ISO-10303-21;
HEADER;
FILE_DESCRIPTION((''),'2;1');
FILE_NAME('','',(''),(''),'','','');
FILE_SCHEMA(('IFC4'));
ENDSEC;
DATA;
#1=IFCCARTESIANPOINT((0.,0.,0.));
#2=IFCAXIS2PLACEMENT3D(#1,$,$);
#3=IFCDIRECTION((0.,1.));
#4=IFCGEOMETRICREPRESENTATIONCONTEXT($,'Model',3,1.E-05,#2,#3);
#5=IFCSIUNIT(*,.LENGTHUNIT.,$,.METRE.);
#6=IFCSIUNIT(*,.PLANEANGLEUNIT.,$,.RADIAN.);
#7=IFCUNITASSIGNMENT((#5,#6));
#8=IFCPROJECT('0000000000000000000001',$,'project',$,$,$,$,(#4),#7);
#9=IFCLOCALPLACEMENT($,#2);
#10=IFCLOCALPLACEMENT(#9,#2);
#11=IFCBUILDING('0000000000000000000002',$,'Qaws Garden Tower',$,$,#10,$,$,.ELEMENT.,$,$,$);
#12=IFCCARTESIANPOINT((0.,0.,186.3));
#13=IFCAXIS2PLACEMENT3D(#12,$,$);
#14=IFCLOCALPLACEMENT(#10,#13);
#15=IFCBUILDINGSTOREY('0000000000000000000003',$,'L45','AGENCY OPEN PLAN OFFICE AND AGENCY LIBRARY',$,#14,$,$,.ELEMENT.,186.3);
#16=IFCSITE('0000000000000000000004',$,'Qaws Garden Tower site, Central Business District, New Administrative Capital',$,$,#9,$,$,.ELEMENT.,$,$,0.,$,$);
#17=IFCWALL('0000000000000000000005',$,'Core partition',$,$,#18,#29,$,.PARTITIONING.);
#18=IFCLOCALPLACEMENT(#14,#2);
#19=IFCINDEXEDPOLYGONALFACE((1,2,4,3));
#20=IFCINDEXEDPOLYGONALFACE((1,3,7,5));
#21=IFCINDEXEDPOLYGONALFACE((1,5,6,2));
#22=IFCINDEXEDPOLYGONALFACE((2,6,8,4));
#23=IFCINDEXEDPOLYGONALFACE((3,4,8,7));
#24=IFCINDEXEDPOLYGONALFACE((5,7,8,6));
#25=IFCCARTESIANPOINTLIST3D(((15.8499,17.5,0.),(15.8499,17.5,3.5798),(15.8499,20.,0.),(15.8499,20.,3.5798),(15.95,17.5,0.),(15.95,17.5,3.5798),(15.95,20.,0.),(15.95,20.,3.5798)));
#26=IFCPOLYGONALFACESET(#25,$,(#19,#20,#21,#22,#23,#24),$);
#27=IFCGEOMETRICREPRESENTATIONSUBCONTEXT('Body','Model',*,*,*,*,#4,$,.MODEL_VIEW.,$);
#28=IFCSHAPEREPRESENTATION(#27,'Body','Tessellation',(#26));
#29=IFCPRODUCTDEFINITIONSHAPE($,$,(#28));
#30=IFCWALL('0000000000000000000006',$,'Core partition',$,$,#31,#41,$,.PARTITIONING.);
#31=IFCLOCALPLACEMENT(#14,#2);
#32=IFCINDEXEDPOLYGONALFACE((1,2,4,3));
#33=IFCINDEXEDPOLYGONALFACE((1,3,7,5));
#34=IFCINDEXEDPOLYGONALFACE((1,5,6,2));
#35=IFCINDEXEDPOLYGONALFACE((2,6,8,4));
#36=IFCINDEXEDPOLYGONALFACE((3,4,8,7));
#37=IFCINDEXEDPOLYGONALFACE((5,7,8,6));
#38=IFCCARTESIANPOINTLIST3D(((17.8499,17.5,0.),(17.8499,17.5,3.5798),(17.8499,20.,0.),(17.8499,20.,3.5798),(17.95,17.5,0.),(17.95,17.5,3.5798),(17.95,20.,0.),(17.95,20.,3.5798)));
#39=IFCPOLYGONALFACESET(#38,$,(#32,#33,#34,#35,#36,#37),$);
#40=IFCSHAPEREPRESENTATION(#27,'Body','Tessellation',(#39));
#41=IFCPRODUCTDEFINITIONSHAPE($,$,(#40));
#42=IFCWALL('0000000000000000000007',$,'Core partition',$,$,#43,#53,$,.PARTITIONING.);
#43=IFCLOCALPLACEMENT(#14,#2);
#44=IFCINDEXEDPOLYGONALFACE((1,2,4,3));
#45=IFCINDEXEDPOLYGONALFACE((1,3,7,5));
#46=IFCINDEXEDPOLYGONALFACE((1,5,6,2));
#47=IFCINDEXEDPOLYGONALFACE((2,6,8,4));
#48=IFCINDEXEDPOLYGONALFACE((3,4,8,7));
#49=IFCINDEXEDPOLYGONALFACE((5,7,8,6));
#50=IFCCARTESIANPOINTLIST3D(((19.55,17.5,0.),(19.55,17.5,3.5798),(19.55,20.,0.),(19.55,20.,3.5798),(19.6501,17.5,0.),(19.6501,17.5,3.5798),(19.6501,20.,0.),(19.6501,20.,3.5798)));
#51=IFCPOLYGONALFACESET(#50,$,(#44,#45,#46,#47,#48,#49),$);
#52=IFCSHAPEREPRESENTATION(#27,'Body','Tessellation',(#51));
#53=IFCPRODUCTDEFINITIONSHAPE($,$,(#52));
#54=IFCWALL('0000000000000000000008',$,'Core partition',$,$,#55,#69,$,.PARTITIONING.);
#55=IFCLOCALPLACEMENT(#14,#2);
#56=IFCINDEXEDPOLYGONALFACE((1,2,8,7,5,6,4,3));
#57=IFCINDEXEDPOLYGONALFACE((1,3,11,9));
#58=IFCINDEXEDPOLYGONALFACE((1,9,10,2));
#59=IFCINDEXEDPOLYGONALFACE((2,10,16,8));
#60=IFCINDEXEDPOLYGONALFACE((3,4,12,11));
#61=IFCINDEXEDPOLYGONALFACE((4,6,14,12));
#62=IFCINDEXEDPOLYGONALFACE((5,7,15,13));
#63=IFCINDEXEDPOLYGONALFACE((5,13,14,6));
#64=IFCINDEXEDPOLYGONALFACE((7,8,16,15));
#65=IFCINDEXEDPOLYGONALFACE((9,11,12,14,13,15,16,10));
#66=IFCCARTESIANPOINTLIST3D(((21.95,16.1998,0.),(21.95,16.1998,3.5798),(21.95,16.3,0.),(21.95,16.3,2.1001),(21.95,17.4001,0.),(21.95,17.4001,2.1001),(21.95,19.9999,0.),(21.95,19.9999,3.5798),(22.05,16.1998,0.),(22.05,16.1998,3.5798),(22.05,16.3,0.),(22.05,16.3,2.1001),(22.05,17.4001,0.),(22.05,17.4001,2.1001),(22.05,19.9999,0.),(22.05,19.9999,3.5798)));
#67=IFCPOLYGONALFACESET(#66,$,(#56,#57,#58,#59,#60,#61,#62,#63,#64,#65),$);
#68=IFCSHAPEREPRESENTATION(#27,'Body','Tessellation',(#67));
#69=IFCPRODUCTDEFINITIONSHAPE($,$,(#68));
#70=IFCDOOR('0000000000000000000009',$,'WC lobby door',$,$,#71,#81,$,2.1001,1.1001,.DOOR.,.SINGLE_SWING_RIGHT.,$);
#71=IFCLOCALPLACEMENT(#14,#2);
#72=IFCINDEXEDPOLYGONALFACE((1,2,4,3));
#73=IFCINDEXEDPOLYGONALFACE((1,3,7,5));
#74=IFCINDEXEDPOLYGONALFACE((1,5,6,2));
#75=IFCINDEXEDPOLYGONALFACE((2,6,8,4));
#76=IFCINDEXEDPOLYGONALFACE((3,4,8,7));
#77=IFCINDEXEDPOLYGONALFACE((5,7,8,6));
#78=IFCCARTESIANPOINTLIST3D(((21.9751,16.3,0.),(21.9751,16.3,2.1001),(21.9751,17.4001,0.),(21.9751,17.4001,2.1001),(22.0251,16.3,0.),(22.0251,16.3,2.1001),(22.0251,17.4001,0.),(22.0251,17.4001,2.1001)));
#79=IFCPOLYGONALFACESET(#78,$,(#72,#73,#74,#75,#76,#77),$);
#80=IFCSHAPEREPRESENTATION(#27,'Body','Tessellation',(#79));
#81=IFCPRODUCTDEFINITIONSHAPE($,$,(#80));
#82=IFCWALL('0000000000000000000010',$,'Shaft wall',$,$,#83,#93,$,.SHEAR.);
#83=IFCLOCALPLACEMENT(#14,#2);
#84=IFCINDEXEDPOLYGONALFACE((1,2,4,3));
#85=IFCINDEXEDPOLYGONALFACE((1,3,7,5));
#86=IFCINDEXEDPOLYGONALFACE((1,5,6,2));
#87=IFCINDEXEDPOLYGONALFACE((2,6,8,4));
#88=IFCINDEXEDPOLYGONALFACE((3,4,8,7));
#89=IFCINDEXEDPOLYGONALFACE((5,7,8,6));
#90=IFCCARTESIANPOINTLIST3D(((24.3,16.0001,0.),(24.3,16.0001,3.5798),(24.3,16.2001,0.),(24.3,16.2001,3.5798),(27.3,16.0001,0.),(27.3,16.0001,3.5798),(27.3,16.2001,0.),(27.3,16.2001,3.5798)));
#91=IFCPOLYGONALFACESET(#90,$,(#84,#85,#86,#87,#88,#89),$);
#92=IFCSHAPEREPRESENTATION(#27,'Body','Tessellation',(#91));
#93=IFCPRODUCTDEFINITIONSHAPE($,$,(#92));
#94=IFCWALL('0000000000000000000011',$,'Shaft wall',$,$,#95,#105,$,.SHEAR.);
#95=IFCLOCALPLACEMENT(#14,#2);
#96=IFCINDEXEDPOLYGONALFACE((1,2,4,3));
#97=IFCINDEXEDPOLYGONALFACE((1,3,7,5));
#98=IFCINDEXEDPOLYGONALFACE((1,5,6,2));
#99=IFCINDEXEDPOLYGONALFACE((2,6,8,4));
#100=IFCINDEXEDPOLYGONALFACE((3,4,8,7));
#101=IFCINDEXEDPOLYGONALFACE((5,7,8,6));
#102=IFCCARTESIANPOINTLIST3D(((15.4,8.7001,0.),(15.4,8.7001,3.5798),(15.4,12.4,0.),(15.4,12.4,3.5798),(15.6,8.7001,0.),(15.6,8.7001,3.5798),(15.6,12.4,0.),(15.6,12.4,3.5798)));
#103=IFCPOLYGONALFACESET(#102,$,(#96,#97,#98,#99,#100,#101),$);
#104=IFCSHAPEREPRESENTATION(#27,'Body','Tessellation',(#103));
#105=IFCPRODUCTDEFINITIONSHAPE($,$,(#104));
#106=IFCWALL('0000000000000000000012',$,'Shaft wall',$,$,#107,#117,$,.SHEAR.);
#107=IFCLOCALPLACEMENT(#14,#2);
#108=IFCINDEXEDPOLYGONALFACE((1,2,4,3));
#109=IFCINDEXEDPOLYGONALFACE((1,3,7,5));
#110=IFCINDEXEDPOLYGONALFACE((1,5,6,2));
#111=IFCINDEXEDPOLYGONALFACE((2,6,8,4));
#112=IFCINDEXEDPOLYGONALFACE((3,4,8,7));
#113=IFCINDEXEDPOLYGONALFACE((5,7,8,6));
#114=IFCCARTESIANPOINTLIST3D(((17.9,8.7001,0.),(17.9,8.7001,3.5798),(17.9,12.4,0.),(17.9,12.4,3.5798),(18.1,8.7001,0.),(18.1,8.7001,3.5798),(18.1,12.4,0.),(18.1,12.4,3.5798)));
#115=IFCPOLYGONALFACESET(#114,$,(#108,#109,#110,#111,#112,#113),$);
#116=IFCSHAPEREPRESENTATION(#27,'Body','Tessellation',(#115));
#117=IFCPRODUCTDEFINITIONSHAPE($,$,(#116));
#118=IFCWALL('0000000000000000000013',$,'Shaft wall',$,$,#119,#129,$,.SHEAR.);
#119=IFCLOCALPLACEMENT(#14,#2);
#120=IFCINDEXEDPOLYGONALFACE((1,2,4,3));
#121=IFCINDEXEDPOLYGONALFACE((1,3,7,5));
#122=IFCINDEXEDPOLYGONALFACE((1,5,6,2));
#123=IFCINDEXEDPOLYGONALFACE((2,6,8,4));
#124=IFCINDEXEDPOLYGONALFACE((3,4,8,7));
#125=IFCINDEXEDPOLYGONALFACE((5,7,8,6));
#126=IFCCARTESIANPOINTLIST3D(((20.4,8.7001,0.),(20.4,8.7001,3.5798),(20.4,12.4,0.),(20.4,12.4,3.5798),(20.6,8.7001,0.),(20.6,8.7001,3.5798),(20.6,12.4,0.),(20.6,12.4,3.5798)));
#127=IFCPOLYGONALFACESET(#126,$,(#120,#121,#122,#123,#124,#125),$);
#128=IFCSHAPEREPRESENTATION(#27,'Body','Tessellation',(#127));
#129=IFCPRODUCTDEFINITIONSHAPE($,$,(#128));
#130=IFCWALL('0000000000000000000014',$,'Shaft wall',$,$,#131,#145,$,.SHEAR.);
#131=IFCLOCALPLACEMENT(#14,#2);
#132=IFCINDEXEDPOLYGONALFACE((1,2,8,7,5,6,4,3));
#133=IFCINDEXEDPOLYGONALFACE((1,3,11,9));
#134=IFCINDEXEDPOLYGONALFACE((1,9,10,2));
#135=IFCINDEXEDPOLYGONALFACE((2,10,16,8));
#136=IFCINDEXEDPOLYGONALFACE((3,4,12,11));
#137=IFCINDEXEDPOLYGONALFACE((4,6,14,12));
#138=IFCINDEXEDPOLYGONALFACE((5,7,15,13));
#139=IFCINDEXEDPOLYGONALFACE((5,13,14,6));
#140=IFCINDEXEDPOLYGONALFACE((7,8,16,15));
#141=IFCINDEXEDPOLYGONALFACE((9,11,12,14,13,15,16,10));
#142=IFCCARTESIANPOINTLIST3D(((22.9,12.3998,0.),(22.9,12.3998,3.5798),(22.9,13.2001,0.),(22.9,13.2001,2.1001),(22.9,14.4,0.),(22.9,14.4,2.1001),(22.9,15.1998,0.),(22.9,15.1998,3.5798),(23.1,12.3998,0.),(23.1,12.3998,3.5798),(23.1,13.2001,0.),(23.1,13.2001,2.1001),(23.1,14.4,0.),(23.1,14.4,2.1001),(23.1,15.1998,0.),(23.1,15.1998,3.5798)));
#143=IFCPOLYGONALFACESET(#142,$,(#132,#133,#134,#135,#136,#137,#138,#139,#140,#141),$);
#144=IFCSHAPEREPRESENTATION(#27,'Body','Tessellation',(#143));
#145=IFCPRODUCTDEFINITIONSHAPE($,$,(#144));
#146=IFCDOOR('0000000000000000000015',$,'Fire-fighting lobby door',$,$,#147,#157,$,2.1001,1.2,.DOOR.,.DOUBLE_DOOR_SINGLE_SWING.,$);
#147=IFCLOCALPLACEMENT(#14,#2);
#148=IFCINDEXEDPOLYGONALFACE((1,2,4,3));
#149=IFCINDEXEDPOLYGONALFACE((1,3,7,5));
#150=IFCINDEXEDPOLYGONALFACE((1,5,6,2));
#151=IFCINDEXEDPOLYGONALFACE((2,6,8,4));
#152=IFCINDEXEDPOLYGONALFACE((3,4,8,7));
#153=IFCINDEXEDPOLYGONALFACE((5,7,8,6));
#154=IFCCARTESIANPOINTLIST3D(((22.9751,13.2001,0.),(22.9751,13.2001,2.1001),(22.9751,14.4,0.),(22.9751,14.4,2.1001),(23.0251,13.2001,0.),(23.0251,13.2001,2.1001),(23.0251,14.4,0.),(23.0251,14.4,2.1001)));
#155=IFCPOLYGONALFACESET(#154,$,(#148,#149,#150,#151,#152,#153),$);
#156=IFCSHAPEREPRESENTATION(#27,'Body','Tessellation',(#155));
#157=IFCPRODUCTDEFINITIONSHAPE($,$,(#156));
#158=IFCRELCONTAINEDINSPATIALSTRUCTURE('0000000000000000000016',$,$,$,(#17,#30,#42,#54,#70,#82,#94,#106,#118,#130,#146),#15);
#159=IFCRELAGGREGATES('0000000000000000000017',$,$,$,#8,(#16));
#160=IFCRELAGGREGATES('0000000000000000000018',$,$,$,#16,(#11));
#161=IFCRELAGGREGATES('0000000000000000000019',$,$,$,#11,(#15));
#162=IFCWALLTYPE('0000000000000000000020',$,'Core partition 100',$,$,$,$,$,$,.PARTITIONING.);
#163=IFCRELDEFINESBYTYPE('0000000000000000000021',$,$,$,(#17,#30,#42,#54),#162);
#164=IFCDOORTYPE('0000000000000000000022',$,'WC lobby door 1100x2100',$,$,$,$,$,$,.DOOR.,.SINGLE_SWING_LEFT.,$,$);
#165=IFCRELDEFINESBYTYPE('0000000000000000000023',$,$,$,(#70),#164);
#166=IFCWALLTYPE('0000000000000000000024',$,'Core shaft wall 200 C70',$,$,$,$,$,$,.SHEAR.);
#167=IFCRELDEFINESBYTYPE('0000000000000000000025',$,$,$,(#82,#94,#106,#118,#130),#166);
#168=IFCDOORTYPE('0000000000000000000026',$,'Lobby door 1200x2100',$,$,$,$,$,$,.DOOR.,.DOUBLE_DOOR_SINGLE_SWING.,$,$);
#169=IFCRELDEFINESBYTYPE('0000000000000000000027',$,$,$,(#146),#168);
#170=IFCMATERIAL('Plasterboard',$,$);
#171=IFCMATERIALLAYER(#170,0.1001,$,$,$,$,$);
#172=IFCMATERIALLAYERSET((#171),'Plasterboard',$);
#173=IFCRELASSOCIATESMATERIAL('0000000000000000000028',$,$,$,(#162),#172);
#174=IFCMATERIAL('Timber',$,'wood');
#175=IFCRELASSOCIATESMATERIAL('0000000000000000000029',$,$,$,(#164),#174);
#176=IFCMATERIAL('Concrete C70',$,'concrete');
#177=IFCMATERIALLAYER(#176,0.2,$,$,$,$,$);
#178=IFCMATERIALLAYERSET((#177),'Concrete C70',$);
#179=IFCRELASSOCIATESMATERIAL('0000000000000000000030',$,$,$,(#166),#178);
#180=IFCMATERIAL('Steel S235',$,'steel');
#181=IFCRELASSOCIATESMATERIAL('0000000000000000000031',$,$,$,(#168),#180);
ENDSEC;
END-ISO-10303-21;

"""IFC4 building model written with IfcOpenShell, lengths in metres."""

from ifc_helpers import new_model, si_unit, direction, frame, frame_2d, origin, place, context, subcontext, project, spatial, rectangle, extrude, material, layer, layer_set, type_object, element, fill, save


model = new_model("IFC4")

# Units and contexts
model_context = context("Model", 3, precision=1e-05, world=origin(), true_north=direction((0.0, 1.0)))
body_context = subcontext(model_context, "Body", "Model", "MODEL_VIEW")
ifc_project = project(units=[si_unit("LENGTHUNIT", "METRE"), si_unit("PLANEANGLEUNIT", "RADIAN")], contexts=[model_context])

# Site, building, storey
site_placement = place(None, origin())
site = spatial("IfcSite", under=ifc_project, at=site_placement, Name="Qaws Garden Tower site, Central Business District, New Administrative Capital", CompositionType="ELEMENT", RefElevation=0.0)
building_placement = place(site_placement, origin())
building = spatial("IfcBuilding", under=site, at=building_placement, Name="Qaws Garden Tower", CompositionType="ELEMENT")
storey_placement = place(building_placement, frame((0.0, 0.0, 186.3)))
storey = spatial("IfcBuildingStorey", under=building, at=storey_placement, Name="L45", Description="AGENCY OPEN PLAN OFFICE AND AGENCY LIBRARY", CompositionType="ELEMENT", Elevation=186.3)

# Shared definitions
ifc_material_1 = material(Name="Plasterboard")
ifc_layer_1 = layer(ifc_material_1, 0.1001)
ifc_layer_set_1 = layer_set([ifc_layer_1], Name="Plasterboard")
wall_type_1 = type_object("IfcWallType", Name="Core partition 100", PredefinedType="PARTITIONING", material=ifc_layer_set_1)

# Walls
for number, where, z_axis, x_axis, name in (
    (1, (15.8999, 17.5, 0.0), (0.0, 0.0, 1.0), (0.0, 1.0, 0.0), "Core partition"),
    (2, (17.8999, 17.5, 0.0), (0.0, 0.0, 1.0), (0.0, 1.0, 0.0), "Core partition"),
    (3, (19.6001, 17.5, 0.0), (0.0, 0.0, 1.0), (0.0, 1.0, 0.0), "Core partition"),
):
    element("IfcWall", number, at=place(storey_placement, frame(where, z_axis=z_axis, x_axis=x_axis)), inside=storey, type_object=wall_type_1, Name=name, PredefinedType="PARTITIONING", context=body_context, shape_type="SweptSolid", body=[
        extrude(rectangle(XDim=2.5, YDim=0.1001, at=frame_2d((1.25, 0.0))), origin(), (0.0, 0.0, 1.0), 3.5798),
    ])

# Wall, opening, door
wall_1_placement = place(storey_placement, frame((22.0, 16.2, 0.0), z_axis=(0.0, 0.0, 1.0), x_axis=(0.0, 1.0, 0.0)))
wall_1 = element("IfcWall", 4, at=wall_1_placement, inside=storey, type_object=wall_type_1, Name="Core partition", PredefinedType="PARTITIONING", context=body_context, shape_type="SweptSolid", body=[
    extrude(rectangle(XDim=3.8, YDim=0.1001, at=frame_2d((1.8999, 0.0))), origin(), (0.0, 0.0, 1.0), 3.5798),
])
opening_1_placement = place(wall_1_placement, frame((0.1001, 0.0, 0.0)))
opening_1 = element("IfcOpeningElement", 5, at=opening_1_placement, cuts=wall_1, PredefinedType="OPENING", context=body_context, shape_type="SweptSolid", body=[
    extrude(rectangle(XDim=1.1001, YDim=2.1001, at=frame_2d((0.55, 1.05))), frame((0.0, 0.0601, 0.0), z_axis=(0.0, -1.0, 0.0), x_axis=(1.0, 0.0, 0.0)), (0.0, 0.0, 1.0), 0.1201),
])
ifc_material_2 = material(Name="Timber", Category="wood")
door_type_1 = type_object("IfcDoorType", Name="WC lobby door 1100x2100", OperationType="SINGLE_SWING_LEFT", PredefinedType="DOOR", material=ifc_material_2)
door_1_placement = place(opening_1_placement, origin())
door_1 = element("IfcDoor", 6, at=door_1_placement, inside=storey, type_object=door_type_1, Name="WC lobby door", OperationType="SINGLE_SWING_RIGHT", OverallHeight=2.1001, OverallWidth=1.1001, PredefinedType="DOOR", context=body_context, shape_type="SweptSolid", body=[
    extrude(rectangle(XDim=1.1001, YDim=2.1001, at=frame_2d((0.55, 1.05))), frame((0.0, 0.0249, 0.0), z_axis=(0.0, -1.0, 0.0), x_axis=(1.0, 0.0, 0.0)), (0.0, 0.0, 1.0), 0.05),
])
fill(opening_1, door_1)

# Walls
ifc_material_3 = material(Name="Concrete C70", Category="concrete")
ifc_layer_2 = layer(ifc_material_3, 0.2)
ifc_layer_set_2 = layer_set([ifc_layer_2], Name="Concrete C70")
wall_type_2 = type_object("IfcWallType", Name="Core shaft wall 200 C70", PredefinedType="SHEAR", material=ifc_layer_set_2)
wall_2_placement = place(storey_placement, frame((24.3, 16.1001, 0.0), z_axis=(0.0, 0.0, 1.0), x_axis=(1.0, 0.0, 0.0)))
element("IfcWall", 7, at=wall_2_placement, inside=storey, type_object=wall_type_2, Name="Shaft wall", PredefinedType="SHEAR", context=body_context, shape_type="SweptSolid", body=[
    extrude(rectangle(XDim=3.0, YDim=0.2, at=frame_2d((1.5, 0.0))), origin(), (0.0, 0.0, 1.0), 3.5798),
])
for number, where, z_axis, x_axis, name in (
    (8, (15.5, 8.7, 0.0), (0.0, 0.0, 1.0), (0.0, 1.0, 0.0), "Shaft wall"),
    (9, (18.0, 8.7, 0.0), (0.0, 0.0, 1.0), (0.0, 1.0, 0.0), "Shaft wall"),
    (10, (20.5, 8.7, 0.0), (0.0, 0.0, 1.0), (0.0, 1.0, 0.0), "Shaft wall"),
):
    element("IfcWall", number, at=place(storey_placement, frame(where, z_axis=z_axis, x_axis=x_axis)), inside=storey, type_object=wall_type_2, Name=name, PredefinedType="SHEAR", context=body_context, shape_type="SweptSolid", body=[
        extrude(rectangle(XDim=3.7, YDim=0.2, at=frame_2d((1.8501, 0.0))), origin(), (0.0, 0.0, 1.0), 3.5798),
    ])

# Wall, opening, door
wall_3_placement = place(storey_placement, frame((23.0, 12.3999, 0.0), z_axis=(0.0, 0.0, 1.0), x_axis=(0.0, 1.0, 0.0)))
wall_3 = element("IfcWall", 11, at=wall_3_placement, inside=storey, type_object=wall_type_2, Name="Shaft wall", PredefinedType="SHEAR", context=body_context, shape_type="SweptSolid", body=[
    extrude(rectangle(XDim=2.8, YDim=0.2, at=frame_2d((1.3999, 0.0))), origin(), (0.0, 0.0, 1.0), 3.5798),
])
opening_2_placement = place(wall_3_placement, frame((0.8, 0.0, 0.0)))
opening_2 = element("IfcOpeningElement", 12, at=opening_2_placement, cuts=wall_3, PredefinedType="OPENING", context=body_context, shape_type="SweptSolid", body=[
    extrude(rectangle(XDim=1.2, YDim=2.1001, at=frame_2d((0.6001, 1.05))), frame((0.0, 0.1099, 0.0), z_axis=(0.0, -1.0, 0.0), x_axis=(1.0, 0.0, 0.0)), (0.0, 0.0, 1.0), 0.22),
])
ifc_material_4 = material(Name="Steel S235", Category="steel")
door_type_2 = type_object("IfcDoorType", Name="Lobby door 1200x2100", OperationType="DOUBLE_DOOR_SINGLE_SWING", PredefinedType="DOOR", material=ifc_material_4)
door_2_placement = place(opening_2_placement, origin())
door_2 = element("IfcDoor", 13, at=door_2_placement, inside=storey, type_object=door_type_2, Name="Fire-fighting lobby door", OperationType="DOUBLE_DOOR_SINGLE_SWING", OverallHeight=2.1001, OverallWidth=1.2, PredefinedType="DOOR", context=body_context, shape_type="SweptSolid", body=[
    extrude(rectangle(XDim=1.2, YDim=2.1001, at=frame_2d((0.6001, 1.05))), frame((0.0, 0.0249, 0.0), z_axis=(0.0, -1.0, 0.0), x_axis=(1.0, 0.0, 0.0)), (0.0, 0.0, 1.0), 0.05),
])
fill(opening_2, door_2)

save(model, "model.ifc")
